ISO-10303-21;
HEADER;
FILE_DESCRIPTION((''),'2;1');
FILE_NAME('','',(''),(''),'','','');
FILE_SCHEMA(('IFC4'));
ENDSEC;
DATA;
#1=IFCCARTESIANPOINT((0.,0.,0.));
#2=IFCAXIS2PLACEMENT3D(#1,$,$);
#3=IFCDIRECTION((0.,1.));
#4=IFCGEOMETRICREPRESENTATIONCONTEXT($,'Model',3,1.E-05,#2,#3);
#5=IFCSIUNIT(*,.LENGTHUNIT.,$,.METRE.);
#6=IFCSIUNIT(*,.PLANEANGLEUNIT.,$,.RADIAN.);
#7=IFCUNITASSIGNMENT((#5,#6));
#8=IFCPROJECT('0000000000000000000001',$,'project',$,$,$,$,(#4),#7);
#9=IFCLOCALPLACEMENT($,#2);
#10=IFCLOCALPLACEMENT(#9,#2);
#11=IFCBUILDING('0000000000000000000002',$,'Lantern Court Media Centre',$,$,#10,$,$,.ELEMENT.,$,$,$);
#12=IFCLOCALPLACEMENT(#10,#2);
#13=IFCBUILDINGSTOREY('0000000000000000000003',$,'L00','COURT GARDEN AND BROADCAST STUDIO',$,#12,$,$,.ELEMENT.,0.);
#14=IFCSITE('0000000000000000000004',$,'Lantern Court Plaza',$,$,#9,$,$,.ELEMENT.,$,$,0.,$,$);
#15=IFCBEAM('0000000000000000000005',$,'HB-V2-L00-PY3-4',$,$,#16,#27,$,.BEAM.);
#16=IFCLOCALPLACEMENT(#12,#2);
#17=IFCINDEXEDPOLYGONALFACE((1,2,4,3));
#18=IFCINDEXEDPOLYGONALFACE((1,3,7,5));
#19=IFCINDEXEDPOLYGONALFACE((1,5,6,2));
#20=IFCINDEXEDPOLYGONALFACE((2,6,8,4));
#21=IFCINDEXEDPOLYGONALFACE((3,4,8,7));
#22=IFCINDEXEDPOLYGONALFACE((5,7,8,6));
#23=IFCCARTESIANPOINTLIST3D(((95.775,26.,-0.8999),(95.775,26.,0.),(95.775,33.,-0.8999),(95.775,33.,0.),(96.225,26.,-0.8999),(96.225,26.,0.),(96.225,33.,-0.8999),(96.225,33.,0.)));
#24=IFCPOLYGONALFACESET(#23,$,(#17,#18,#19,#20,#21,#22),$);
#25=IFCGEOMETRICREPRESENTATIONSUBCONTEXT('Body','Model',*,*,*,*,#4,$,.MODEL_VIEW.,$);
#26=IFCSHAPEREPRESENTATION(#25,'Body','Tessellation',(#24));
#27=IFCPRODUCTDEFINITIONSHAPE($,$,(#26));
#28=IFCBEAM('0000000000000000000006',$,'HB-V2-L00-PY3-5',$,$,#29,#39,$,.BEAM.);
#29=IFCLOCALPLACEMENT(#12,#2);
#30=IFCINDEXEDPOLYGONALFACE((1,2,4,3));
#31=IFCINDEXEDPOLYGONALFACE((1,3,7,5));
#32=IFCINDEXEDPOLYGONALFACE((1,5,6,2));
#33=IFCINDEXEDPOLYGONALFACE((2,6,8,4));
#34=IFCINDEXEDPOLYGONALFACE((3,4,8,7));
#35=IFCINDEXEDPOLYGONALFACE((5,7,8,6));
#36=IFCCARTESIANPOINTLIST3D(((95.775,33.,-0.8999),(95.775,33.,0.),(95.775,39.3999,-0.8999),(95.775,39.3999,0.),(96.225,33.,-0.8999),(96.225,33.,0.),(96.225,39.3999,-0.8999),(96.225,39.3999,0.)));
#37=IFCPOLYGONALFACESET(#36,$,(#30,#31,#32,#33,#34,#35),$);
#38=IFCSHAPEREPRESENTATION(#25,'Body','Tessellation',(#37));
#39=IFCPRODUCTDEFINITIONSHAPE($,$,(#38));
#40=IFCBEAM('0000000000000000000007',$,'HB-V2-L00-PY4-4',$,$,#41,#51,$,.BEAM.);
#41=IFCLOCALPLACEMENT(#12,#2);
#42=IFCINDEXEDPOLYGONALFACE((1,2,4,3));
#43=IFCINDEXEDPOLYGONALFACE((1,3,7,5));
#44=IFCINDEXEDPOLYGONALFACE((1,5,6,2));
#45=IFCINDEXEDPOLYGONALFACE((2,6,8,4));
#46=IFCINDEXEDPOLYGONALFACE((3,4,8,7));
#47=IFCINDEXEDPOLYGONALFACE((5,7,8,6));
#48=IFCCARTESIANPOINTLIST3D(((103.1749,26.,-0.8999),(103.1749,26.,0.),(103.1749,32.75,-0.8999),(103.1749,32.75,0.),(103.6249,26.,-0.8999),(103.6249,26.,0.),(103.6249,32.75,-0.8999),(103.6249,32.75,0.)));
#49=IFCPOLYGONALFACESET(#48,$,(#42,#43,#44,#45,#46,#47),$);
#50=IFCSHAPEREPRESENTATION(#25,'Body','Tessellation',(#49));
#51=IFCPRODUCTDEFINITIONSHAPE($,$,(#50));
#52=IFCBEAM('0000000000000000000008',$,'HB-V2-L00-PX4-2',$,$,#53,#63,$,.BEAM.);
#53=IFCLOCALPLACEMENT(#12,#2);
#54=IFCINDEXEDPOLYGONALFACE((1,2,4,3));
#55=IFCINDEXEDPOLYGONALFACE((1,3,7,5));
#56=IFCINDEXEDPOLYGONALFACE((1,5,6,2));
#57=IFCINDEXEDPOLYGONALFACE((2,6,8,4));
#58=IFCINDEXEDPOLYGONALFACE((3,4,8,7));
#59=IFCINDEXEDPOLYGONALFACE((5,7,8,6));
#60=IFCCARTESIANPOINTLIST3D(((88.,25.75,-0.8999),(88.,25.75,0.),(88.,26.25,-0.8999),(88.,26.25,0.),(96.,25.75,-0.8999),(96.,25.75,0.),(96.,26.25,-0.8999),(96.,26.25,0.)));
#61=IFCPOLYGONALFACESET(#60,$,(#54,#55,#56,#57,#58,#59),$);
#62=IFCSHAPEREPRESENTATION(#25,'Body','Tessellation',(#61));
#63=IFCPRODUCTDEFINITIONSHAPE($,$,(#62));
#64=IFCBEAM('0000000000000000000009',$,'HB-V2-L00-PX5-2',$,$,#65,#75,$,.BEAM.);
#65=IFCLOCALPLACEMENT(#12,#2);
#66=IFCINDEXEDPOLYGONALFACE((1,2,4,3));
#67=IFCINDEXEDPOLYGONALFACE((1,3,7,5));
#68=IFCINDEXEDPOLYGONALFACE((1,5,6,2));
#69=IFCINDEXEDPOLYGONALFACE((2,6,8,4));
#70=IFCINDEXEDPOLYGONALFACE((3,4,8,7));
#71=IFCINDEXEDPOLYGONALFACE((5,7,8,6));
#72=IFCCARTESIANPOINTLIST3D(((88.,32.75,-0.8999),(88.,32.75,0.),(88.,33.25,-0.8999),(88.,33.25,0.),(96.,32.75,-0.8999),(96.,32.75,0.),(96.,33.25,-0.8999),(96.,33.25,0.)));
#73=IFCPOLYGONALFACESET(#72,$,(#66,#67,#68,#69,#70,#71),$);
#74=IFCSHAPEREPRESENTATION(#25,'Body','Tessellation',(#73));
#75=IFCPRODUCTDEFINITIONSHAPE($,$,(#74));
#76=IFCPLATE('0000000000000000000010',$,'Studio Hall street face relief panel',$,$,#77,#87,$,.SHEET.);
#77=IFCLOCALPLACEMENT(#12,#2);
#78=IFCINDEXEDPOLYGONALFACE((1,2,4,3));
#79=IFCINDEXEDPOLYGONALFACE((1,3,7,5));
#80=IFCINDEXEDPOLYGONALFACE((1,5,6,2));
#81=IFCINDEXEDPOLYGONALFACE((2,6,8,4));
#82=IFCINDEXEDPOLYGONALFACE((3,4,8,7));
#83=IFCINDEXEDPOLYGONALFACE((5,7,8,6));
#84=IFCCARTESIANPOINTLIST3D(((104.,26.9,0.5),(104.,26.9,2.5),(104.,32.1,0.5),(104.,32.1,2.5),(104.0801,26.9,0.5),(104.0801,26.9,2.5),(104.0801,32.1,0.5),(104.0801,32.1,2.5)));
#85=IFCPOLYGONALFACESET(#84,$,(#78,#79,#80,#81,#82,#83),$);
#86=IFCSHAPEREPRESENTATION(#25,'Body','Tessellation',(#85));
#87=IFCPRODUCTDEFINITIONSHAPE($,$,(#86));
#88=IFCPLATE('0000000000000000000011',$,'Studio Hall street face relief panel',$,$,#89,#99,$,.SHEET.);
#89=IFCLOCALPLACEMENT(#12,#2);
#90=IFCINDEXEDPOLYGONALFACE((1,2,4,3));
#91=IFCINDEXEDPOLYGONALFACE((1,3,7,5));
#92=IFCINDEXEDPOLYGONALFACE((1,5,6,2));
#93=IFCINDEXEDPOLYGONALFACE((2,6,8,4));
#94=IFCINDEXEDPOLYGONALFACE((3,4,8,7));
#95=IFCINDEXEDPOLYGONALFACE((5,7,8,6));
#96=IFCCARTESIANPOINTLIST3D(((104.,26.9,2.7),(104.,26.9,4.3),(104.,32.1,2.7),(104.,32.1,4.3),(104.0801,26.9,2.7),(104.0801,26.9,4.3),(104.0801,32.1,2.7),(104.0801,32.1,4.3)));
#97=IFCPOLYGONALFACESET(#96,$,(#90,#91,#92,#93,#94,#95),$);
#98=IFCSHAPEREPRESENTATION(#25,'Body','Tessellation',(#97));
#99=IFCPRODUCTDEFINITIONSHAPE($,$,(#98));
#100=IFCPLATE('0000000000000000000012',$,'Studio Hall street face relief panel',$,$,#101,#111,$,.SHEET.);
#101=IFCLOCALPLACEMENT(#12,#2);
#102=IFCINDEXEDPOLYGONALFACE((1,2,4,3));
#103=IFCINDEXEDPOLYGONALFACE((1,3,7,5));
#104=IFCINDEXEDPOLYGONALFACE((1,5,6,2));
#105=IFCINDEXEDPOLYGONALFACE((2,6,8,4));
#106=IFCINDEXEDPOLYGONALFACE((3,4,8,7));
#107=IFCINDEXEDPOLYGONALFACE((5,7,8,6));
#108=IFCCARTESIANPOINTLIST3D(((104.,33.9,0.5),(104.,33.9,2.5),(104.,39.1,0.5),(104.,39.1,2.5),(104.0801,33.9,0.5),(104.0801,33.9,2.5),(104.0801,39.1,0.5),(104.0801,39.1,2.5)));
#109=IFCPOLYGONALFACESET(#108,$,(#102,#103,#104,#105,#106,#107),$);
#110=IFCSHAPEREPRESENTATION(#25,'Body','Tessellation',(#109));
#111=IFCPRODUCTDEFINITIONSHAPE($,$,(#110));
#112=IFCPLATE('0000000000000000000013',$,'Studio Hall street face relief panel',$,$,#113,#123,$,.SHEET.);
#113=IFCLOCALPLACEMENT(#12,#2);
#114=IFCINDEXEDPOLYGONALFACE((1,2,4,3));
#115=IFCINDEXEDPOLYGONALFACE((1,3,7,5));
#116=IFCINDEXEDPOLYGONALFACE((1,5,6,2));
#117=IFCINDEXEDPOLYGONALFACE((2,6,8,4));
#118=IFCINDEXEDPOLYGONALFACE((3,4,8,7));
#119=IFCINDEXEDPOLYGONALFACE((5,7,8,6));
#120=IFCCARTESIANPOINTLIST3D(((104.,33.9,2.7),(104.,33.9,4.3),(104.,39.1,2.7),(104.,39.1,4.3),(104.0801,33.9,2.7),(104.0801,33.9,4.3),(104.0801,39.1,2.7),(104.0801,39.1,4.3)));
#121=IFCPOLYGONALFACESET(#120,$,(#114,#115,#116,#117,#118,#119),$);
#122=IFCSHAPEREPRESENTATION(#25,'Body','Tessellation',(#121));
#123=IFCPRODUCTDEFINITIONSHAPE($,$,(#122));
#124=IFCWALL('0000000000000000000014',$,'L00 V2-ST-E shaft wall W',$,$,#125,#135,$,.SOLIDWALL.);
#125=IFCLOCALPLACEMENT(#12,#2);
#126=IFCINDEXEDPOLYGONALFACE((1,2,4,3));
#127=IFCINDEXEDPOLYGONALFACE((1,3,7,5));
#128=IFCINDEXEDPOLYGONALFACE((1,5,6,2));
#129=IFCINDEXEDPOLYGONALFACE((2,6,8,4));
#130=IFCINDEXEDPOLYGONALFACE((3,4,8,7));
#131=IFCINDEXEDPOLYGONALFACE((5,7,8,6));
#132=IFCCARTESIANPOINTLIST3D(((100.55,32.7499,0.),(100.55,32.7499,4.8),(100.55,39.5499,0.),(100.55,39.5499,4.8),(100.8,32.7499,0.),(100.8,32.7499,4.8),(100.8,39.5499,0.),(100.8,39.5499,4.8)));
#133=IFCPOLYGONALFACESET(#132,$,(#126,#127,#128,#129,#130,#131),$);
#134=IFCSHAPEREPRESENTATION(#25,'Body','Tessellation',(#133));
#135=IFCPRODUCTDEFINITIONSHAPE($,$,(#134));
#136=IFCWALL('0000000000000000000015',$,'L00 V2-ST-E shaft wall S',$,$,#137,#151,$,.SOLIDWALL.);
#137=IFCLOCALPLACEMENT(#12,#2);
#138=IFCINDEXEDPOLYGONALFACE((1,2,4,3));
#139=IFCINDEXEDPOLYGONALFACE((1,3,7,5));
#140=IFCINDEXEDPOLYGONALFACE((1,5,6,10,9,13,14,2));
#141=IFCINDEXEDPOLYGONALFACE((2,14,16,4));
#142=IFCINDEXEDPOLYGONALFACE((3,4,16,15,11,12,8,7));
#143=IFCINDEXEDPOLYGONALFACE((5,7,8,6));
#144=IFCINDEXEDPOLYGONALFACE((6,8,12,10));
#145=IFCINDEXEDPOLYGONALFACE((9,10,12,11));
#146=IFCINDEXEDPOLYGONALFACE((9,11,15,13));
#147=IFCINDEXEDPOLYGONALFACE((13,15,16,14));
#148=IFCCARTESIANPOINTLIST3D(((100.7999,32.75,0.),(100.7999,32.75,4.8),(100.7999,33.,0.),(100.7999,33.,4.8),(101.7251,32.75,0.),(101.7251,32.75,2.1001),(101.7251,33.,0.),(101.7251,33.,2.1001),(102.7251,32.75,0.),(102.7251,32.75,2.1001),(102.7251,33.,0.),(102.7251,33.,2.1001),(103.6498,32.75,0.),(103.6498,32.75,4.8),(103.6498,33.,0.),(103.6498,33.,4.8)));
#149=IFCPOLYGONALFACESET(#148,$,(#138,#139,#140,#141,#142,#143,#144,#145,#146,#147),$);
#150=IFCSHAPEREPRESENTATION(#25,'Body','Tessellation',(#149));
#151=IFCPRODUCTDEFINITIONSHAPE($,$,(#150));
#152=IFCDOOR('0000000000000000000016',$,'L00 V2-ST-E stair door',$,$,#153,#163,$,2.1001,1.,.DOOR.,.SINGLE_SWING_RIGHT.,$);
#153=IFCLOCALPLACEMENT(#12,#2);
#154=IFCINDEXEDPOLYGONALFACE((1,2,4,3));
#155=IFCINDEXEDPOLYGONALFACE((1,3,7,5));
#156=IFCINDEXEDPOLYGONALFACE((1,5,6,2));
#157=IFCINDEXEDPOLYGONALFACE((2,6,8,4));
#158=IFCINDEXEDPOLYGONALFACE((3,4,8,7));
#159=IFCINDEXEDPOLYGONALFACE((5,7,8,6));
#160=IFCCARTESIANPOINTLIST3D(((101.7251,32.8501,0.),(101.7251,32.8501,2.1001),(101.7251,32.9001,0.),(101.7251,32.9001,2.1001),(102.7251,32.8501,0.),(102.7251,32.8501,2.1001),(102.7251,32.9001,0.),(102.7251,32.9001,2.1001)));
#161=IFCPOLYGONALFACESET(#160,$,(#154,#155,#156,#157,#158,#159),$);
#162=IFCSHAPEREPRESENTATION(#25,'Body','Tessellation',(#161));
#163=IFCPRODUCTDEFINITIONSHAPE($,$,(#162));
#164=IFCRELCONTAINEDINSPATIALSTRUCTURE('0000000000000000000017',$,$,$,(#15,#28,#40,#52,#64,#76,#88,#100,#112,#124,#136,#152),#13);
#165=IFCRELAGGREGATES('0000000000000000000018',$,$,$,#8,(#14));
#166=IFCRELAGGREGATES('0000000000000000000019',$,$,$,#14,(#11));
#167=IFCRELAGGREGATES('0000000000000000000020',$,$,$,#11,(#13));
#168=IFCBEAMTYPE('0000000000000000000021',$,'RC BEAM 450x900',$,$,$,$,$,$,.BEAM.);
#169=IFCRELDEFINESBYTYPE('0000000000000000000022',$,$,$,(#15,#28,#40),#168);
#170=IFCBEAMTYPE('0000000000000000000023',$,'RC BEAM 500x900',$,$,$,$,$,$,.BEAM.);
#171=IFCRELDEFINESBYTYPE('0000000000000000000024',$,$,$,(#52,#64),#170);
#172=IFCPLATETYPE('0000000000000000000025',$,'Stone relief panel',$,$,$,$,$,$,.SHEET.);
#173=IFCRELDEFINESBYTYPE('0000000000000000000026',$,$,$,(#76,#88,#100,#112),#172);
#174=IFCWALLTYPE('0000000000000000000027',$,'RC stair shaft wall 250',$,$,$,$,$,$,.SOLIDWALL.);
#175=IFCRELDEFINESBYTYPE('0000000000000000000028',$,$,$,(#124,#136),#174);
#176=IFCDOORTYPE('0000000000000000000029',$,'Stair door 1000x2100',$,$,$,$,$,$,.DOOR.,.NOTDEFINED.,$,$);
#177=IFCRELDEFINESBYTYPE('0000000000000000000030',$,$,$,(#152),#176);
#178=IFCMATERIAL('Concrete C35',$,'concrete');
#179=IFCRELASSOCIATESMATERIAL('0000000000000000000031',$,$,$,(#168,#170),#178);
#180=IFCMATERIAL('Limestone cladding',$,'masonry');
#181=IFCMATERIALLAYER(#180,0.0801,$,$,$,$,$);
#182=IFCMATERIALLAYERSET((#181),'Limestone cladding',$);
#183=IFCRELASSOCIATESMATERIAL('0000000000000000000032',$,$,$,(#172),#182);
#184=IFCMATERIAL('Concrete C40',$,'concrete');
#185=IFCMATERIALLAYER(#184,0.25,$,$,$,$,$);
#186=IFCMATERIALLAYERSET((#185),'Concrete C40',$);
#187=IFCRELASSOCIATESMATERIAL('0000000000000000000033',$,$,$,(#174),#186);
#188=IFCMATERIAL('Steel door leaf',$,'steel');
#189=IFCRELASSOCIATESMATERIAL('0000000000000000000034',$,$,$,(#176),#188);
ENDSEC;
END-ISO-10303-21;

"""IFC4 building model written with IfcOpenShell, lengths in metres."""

from ifc_helpers import new_model, si_unit, direction, frame, frame_2d, origin, origin_2d, place, context, subcontext, project, spatial, rectangle, extrude, material, layer, layer_set, material_profile, profile_set, type_object, element, fill, save


model = new_model("IFC4")

# Units and contexts
model_context = context("Model", 3, precision=1e-05, world=origin(), true_north=direction((0.0, 1.0)))
body_context = subcontext(model_context, "Body", "Model", "MODEL_VIEW")
ifc_project = project(units=[si_unit("LENGTHUNIT", "METRE"), si_unit("PLANEANGLEUNIT", "RADIAN")], contexts=[model_context])

# Site, building, storey
site_placement = place(None, origin())
site = spatial("IfcSite", under=ifc_project, at=site_placement, Name="Lantern Court Plaza", CompositionType="ELEMENT", RefElevation=0.0)
building_placement = place(site_placement, origin())
building = spatial("IfcBuilding", under=site, at=building_placement, Name="Lantern Court Media Centre", CompositionType="ELEMENT")
storey_placement = place(building_placement, origin())
storey = spatial("IfcBuildingStorey", under=building, at=storey_placement, Name="L00", Description="COURT GARDEN AND BROADCAST STUDIO", CompositionType="ELEMENT", Elevation=0.0)

# Shared definitions
ifc_material_1 = material(Name="Concrete C35", Category="concrete")

# Beams
ifc_material_profile_1 = material_profile(ifc_material_1, rectangle(XDim=0.45, YDim=0.8999, at=origin_2d()), Name="RC 450x900")
ifc_profile_set_1 = profile_set([ifc_material_profile_1], Name="Concrete C35")
beam_type_1 = type_object("IfcBeamType", Name="RC BEAM 450x900", PredefinedType="BEAM", material=ifc_profile_set_1)
beam_1_placement = place(storey_placement, frame((96.0, 26.0, -0.45), z_axis=(0.0, 1.0, 0.0), x_axis=(-1.0, 0.0, 0.0)))
element("IfcBeam", 1, at=beam_1_placement, inside=storey, type_object=beam_type_1, Name="HB-V2-L00-PY3-4", PredefinedType="BEAM", context=body_context, shape_type="SweptSolid", body=[
    extrude(rectangle(XDim=0.45, YDim=0.8999, at=origin_2d()), origin(), (0.0, 0.0, 1.0), 7.0),
])
beam_2_placement = place(storey_placement, frame((96.0, 33.0, -0.45), z_axis=(0.0, 1.0, 0.0), x_axis=(-1.0, 0.0, 0.0)))
element("IfcBeam", 2, at=beam_2_placement, inside=storey, type_object=beam_type_1, Name="HB-V2-L00-PY3-5", PredefinedType="BEAM", context=body_context, shape_type="SweptSolid", body=[
    extrude(rectangle(XDim=0.45, YDim=0.8999, at=origin_2d()), origin(), (0.0, 0.0, 1.0), 6.3999),
])
beam_3_placement = place(storey_placement, frame((103.3999, 26.0, -0.45), z_axis=(0.0, 1.0, 0.0), x_axis=(-1.0, 0.0, 0.0)))
element("IfcBeam", 3, at=beam_3_placement, inside=storey, type_object=beam_type_1, Name="HB-V2-L00-PY4-4", PredefinedType="BEAM", context=body_context, shape_type="SweptSolid", body=[
    extrude(rectangle(XDim=0.45, YDim=0.8999, at=origin_2d()), origin(), (0.0, 0.0, 1.0), 6.75),
])
ifc_material_profile_2 = material_profile(ifc_material_1, rectangle(XDim=0.5, YDim=0.8999, at=origin_2d()), Name="RC 500x900")
ifc_profile_set_2 = profile_set([ifc_material_profile_2], Name="Concrete C35")
beam_type_2 = type_object("IfcBeamType", Name="RC BEAM 500x900", PredefinedType="BEAM", material=ifc_profile_set_2)
for number, where, z_axis, x_axis, name in (
    (4, (88.0, 26.0, -0.45), (1.0, 0.0, 0.0), (0.0, 1.0, 0.0), "HB-V2-L00-PX4-2"),
    (5, (88.0, 33.0, -0.45), (1.0, 0.0, 0.0), (0.0, 1.0, 0.0), "HB-V2-L00-PX5-2"),
):
    element("IfcBeam", number, at=place(storey_placement, frame(where, z_axis=z_axis, x_axis=x_axis)), inside=storey, type_object=beam_type_2, Name=name, PredefinedType="BEAM", context=body_context, shape_type="SweptSolid", body=[
        extrude(rectangle(XDim=0.5, YDim=0.8999, at=origin_2d()), origin(), (0.0, 0.0, 1.0), 8.0),
    ])

# Plates
ifc_material_2 = material(Name="Limestone cladding", Category="masonry")
ifc_layer_1 = layer(ifc_material_2, 0.0801)
ifc_layer_set_1 = layer_set([ifc_layer_1], Name="Limestone cladding")
plate_type = type_object("IfcPlateType", Name="Stone relief panel", PredefinedType="SHEET", material=ifc_layer_set_1)
plate_1_placement = place(storey_placement, frame((104.04, 29.5, 0.5), z_axis=(0.0, 0.0, 1.0), x_axis=(1.0, 0.0, 0.0)))
element("IfcPlate", 6, at=plate_1_placement, inside=storey, type_object=plate_type, Name="Studio Hall street face relief panel", PredefinedType="SHEET", context=body_context, shape_type="SweptSolid", body=[
    extrude(rectangle(XDim=0.0801, YDim=5.2, at=origin_2d()), origin(), (0.0, 0.0, 1.0), 2.0),
])
plate_2_placement = place(storey_placement, frame((104.04, 29.5, 2.7), z_axis=(0.0, 0.0, 1.0), x_axis=(1.0, 0.0, 0.0)))
element("IfcPlate", 7, at=plate_2_placement, inside=storey, type_object=plate_type, Name="Studio Hall street face relief panel", PredefinedType="SHEET", context=body_context, shape_type="SweptSolid", body=[
    extrude(rectangle(XDim=0.0801, YDim=5.2, at=origin_2d()), origin(), (0.0, 0.0, 1.0), 1.6001),
])
plate_3_placement = place(storey_placement, frame((104.04, 36.5, 0.5), z_axis=(0.0, 0.0, 1.0), x_axis=(1.0, 0.0, 0.0)))
element("IfcPlate", 8, at=plate_3_placement, inside=storey, type_object=plate_type, Name="Studio Hall street face relief panel", PredefinedType="SHEET", context=body_context, shape_type="SweptSolid", body=[
    extrude(rectangle(XDim=0.0801, YDim=5.2, at=origin_2d()), origin(), (0.0, 0.0, 1.0), 2.0),
])
plate_4_placement = place(storey_placement, frame((104.04, 36.5, 2.7), z_axis=(0.0, 0.0, 1.0), x_axis=(1.0, 0.0, 0.0)))
element("IfcPlate", 9, at=plate_4_placement, inside=storey, type_object=plate_type, Name="Studio Hall street face relief panel", PredefinedType="SHEET", context=body_context, shape_type="SweptSolid", body=[
    extrude(rectangle(XDim=0.0801, YDim=5.2, at=origin_2d()), origin(), (0.0, 0.0, 1.0), 1.6001),
])

# Wall
ifc_material_3 = material(Name="Concrete C40", Category="concrete")
ifc_layer_2 = layer(ifc_material_3, 0.25)
ifc_layer_set_2 = layer_set([ifc_layer_2], Name="Concrete C40")
wall_type = type_object("IfcWallType", Name="RC stair shaft wall 250", PredefinedType="SOLIDWALL", material=ifc_layer_set_2)
wall_1_placement = place(storey_placement, frame((100.675, 32.75, 0.0), z_axis=(0.0, 0.0, 1.0), x_axis=(0.0, 1.0, 0.0)))
element("IfcWall", 10, at=wall_1_placement, inside=storey, type_object=wall_type, Name="L00 V2-ST-E shaft wall W", PredefinedType="SOLIDWALL", context=body_context, shape_type="SweptSolid", body=[
    extrude(rectangle(XDim=6.8, YDim=0.25, at=frame_2d((3.3999, 0.0))), origin(), (0.0, 0.0, 1.0), 4.8),
])

# Wall, opening, door
wall_2_placement = place(storey_placement, frame((100.8, 32.875, 0.0), z_axis=(0.0, 0.0, 1.0), x_axis=(1.0, 0.0, 0.0)))
wall_2 = element("IfcWall", 11, at=wall_2_placement, inside=storey, type_object=wall_type, Name="L00 V2-ST-E shaft wall S", PredefinedType="SOLIDWALL", context=body_context, shape_type="SweptSolid", body=[
    extrude(rectangle(XDim=2.8499, YDim=0.25, at=frame_2d((1.4248, 0.0))), origin(), (0.0, 0.0, 1.0), 4.8),
])
opening_placement = place(wall_2_placement, frame((0.925, 0.0, 0.0)))
opening = element("IfcOpeningElement", 12, at=opening_placement, cuts=wall_2, PredefinedType="OPENING", context=body_context, shape_type="SweptSolid", body=[
    extrude(rectangle(XDim=1.0, YDim=2.1001, at=frame_2d((0.5, 1.05))), frame((0.0, 0.135, 0.0), z_axis=(0.0, -1.0, 0.0), x_axis=(1.0, 0.0, 0.0)), (0.0, 0.0, 1.0), 0.27),
])
ifc_material_4 = material(Name="Steel door leaf", Category="steel")
door_type = type_object("IfcDoorType", Name="Stair door 1000x2100", OperationType="NOTDEFINED", PredefinedType="DOOR", material=ifc_material_4)
door_placement = place(opening_placement, frame((1.0, 0.0, 0.0), z_axis=(0.0, 0.0, 1.0), x_axis=(-1.0, 0.0, 0.0)))
door = element("IfcDoor", 13, at=door_placement, inside=storey, type_object=door_type, Name="L00 V2-ST-E stair door", OperationType="SINGLE_SWING_RIGHT", OverallHeight=2.1001, OverallWidth=1.0, PredefinedType="DOOR", context=body_context, shape_type="SweptSolid", body=[
    extrude(rectangle(XDim=1.0, YDim=2.1001, at=frame_2d((0.5, 1.05))), frame((0.0, 0.0249, 0.0), z_axis=(0.0, -1.0, 0.0), x_axis=(1.0, 0.0, 0.0)), (0.0, 0.0, 1.0), 0.05),
])
fill(opening, door)

save(model, "model.ifc")
